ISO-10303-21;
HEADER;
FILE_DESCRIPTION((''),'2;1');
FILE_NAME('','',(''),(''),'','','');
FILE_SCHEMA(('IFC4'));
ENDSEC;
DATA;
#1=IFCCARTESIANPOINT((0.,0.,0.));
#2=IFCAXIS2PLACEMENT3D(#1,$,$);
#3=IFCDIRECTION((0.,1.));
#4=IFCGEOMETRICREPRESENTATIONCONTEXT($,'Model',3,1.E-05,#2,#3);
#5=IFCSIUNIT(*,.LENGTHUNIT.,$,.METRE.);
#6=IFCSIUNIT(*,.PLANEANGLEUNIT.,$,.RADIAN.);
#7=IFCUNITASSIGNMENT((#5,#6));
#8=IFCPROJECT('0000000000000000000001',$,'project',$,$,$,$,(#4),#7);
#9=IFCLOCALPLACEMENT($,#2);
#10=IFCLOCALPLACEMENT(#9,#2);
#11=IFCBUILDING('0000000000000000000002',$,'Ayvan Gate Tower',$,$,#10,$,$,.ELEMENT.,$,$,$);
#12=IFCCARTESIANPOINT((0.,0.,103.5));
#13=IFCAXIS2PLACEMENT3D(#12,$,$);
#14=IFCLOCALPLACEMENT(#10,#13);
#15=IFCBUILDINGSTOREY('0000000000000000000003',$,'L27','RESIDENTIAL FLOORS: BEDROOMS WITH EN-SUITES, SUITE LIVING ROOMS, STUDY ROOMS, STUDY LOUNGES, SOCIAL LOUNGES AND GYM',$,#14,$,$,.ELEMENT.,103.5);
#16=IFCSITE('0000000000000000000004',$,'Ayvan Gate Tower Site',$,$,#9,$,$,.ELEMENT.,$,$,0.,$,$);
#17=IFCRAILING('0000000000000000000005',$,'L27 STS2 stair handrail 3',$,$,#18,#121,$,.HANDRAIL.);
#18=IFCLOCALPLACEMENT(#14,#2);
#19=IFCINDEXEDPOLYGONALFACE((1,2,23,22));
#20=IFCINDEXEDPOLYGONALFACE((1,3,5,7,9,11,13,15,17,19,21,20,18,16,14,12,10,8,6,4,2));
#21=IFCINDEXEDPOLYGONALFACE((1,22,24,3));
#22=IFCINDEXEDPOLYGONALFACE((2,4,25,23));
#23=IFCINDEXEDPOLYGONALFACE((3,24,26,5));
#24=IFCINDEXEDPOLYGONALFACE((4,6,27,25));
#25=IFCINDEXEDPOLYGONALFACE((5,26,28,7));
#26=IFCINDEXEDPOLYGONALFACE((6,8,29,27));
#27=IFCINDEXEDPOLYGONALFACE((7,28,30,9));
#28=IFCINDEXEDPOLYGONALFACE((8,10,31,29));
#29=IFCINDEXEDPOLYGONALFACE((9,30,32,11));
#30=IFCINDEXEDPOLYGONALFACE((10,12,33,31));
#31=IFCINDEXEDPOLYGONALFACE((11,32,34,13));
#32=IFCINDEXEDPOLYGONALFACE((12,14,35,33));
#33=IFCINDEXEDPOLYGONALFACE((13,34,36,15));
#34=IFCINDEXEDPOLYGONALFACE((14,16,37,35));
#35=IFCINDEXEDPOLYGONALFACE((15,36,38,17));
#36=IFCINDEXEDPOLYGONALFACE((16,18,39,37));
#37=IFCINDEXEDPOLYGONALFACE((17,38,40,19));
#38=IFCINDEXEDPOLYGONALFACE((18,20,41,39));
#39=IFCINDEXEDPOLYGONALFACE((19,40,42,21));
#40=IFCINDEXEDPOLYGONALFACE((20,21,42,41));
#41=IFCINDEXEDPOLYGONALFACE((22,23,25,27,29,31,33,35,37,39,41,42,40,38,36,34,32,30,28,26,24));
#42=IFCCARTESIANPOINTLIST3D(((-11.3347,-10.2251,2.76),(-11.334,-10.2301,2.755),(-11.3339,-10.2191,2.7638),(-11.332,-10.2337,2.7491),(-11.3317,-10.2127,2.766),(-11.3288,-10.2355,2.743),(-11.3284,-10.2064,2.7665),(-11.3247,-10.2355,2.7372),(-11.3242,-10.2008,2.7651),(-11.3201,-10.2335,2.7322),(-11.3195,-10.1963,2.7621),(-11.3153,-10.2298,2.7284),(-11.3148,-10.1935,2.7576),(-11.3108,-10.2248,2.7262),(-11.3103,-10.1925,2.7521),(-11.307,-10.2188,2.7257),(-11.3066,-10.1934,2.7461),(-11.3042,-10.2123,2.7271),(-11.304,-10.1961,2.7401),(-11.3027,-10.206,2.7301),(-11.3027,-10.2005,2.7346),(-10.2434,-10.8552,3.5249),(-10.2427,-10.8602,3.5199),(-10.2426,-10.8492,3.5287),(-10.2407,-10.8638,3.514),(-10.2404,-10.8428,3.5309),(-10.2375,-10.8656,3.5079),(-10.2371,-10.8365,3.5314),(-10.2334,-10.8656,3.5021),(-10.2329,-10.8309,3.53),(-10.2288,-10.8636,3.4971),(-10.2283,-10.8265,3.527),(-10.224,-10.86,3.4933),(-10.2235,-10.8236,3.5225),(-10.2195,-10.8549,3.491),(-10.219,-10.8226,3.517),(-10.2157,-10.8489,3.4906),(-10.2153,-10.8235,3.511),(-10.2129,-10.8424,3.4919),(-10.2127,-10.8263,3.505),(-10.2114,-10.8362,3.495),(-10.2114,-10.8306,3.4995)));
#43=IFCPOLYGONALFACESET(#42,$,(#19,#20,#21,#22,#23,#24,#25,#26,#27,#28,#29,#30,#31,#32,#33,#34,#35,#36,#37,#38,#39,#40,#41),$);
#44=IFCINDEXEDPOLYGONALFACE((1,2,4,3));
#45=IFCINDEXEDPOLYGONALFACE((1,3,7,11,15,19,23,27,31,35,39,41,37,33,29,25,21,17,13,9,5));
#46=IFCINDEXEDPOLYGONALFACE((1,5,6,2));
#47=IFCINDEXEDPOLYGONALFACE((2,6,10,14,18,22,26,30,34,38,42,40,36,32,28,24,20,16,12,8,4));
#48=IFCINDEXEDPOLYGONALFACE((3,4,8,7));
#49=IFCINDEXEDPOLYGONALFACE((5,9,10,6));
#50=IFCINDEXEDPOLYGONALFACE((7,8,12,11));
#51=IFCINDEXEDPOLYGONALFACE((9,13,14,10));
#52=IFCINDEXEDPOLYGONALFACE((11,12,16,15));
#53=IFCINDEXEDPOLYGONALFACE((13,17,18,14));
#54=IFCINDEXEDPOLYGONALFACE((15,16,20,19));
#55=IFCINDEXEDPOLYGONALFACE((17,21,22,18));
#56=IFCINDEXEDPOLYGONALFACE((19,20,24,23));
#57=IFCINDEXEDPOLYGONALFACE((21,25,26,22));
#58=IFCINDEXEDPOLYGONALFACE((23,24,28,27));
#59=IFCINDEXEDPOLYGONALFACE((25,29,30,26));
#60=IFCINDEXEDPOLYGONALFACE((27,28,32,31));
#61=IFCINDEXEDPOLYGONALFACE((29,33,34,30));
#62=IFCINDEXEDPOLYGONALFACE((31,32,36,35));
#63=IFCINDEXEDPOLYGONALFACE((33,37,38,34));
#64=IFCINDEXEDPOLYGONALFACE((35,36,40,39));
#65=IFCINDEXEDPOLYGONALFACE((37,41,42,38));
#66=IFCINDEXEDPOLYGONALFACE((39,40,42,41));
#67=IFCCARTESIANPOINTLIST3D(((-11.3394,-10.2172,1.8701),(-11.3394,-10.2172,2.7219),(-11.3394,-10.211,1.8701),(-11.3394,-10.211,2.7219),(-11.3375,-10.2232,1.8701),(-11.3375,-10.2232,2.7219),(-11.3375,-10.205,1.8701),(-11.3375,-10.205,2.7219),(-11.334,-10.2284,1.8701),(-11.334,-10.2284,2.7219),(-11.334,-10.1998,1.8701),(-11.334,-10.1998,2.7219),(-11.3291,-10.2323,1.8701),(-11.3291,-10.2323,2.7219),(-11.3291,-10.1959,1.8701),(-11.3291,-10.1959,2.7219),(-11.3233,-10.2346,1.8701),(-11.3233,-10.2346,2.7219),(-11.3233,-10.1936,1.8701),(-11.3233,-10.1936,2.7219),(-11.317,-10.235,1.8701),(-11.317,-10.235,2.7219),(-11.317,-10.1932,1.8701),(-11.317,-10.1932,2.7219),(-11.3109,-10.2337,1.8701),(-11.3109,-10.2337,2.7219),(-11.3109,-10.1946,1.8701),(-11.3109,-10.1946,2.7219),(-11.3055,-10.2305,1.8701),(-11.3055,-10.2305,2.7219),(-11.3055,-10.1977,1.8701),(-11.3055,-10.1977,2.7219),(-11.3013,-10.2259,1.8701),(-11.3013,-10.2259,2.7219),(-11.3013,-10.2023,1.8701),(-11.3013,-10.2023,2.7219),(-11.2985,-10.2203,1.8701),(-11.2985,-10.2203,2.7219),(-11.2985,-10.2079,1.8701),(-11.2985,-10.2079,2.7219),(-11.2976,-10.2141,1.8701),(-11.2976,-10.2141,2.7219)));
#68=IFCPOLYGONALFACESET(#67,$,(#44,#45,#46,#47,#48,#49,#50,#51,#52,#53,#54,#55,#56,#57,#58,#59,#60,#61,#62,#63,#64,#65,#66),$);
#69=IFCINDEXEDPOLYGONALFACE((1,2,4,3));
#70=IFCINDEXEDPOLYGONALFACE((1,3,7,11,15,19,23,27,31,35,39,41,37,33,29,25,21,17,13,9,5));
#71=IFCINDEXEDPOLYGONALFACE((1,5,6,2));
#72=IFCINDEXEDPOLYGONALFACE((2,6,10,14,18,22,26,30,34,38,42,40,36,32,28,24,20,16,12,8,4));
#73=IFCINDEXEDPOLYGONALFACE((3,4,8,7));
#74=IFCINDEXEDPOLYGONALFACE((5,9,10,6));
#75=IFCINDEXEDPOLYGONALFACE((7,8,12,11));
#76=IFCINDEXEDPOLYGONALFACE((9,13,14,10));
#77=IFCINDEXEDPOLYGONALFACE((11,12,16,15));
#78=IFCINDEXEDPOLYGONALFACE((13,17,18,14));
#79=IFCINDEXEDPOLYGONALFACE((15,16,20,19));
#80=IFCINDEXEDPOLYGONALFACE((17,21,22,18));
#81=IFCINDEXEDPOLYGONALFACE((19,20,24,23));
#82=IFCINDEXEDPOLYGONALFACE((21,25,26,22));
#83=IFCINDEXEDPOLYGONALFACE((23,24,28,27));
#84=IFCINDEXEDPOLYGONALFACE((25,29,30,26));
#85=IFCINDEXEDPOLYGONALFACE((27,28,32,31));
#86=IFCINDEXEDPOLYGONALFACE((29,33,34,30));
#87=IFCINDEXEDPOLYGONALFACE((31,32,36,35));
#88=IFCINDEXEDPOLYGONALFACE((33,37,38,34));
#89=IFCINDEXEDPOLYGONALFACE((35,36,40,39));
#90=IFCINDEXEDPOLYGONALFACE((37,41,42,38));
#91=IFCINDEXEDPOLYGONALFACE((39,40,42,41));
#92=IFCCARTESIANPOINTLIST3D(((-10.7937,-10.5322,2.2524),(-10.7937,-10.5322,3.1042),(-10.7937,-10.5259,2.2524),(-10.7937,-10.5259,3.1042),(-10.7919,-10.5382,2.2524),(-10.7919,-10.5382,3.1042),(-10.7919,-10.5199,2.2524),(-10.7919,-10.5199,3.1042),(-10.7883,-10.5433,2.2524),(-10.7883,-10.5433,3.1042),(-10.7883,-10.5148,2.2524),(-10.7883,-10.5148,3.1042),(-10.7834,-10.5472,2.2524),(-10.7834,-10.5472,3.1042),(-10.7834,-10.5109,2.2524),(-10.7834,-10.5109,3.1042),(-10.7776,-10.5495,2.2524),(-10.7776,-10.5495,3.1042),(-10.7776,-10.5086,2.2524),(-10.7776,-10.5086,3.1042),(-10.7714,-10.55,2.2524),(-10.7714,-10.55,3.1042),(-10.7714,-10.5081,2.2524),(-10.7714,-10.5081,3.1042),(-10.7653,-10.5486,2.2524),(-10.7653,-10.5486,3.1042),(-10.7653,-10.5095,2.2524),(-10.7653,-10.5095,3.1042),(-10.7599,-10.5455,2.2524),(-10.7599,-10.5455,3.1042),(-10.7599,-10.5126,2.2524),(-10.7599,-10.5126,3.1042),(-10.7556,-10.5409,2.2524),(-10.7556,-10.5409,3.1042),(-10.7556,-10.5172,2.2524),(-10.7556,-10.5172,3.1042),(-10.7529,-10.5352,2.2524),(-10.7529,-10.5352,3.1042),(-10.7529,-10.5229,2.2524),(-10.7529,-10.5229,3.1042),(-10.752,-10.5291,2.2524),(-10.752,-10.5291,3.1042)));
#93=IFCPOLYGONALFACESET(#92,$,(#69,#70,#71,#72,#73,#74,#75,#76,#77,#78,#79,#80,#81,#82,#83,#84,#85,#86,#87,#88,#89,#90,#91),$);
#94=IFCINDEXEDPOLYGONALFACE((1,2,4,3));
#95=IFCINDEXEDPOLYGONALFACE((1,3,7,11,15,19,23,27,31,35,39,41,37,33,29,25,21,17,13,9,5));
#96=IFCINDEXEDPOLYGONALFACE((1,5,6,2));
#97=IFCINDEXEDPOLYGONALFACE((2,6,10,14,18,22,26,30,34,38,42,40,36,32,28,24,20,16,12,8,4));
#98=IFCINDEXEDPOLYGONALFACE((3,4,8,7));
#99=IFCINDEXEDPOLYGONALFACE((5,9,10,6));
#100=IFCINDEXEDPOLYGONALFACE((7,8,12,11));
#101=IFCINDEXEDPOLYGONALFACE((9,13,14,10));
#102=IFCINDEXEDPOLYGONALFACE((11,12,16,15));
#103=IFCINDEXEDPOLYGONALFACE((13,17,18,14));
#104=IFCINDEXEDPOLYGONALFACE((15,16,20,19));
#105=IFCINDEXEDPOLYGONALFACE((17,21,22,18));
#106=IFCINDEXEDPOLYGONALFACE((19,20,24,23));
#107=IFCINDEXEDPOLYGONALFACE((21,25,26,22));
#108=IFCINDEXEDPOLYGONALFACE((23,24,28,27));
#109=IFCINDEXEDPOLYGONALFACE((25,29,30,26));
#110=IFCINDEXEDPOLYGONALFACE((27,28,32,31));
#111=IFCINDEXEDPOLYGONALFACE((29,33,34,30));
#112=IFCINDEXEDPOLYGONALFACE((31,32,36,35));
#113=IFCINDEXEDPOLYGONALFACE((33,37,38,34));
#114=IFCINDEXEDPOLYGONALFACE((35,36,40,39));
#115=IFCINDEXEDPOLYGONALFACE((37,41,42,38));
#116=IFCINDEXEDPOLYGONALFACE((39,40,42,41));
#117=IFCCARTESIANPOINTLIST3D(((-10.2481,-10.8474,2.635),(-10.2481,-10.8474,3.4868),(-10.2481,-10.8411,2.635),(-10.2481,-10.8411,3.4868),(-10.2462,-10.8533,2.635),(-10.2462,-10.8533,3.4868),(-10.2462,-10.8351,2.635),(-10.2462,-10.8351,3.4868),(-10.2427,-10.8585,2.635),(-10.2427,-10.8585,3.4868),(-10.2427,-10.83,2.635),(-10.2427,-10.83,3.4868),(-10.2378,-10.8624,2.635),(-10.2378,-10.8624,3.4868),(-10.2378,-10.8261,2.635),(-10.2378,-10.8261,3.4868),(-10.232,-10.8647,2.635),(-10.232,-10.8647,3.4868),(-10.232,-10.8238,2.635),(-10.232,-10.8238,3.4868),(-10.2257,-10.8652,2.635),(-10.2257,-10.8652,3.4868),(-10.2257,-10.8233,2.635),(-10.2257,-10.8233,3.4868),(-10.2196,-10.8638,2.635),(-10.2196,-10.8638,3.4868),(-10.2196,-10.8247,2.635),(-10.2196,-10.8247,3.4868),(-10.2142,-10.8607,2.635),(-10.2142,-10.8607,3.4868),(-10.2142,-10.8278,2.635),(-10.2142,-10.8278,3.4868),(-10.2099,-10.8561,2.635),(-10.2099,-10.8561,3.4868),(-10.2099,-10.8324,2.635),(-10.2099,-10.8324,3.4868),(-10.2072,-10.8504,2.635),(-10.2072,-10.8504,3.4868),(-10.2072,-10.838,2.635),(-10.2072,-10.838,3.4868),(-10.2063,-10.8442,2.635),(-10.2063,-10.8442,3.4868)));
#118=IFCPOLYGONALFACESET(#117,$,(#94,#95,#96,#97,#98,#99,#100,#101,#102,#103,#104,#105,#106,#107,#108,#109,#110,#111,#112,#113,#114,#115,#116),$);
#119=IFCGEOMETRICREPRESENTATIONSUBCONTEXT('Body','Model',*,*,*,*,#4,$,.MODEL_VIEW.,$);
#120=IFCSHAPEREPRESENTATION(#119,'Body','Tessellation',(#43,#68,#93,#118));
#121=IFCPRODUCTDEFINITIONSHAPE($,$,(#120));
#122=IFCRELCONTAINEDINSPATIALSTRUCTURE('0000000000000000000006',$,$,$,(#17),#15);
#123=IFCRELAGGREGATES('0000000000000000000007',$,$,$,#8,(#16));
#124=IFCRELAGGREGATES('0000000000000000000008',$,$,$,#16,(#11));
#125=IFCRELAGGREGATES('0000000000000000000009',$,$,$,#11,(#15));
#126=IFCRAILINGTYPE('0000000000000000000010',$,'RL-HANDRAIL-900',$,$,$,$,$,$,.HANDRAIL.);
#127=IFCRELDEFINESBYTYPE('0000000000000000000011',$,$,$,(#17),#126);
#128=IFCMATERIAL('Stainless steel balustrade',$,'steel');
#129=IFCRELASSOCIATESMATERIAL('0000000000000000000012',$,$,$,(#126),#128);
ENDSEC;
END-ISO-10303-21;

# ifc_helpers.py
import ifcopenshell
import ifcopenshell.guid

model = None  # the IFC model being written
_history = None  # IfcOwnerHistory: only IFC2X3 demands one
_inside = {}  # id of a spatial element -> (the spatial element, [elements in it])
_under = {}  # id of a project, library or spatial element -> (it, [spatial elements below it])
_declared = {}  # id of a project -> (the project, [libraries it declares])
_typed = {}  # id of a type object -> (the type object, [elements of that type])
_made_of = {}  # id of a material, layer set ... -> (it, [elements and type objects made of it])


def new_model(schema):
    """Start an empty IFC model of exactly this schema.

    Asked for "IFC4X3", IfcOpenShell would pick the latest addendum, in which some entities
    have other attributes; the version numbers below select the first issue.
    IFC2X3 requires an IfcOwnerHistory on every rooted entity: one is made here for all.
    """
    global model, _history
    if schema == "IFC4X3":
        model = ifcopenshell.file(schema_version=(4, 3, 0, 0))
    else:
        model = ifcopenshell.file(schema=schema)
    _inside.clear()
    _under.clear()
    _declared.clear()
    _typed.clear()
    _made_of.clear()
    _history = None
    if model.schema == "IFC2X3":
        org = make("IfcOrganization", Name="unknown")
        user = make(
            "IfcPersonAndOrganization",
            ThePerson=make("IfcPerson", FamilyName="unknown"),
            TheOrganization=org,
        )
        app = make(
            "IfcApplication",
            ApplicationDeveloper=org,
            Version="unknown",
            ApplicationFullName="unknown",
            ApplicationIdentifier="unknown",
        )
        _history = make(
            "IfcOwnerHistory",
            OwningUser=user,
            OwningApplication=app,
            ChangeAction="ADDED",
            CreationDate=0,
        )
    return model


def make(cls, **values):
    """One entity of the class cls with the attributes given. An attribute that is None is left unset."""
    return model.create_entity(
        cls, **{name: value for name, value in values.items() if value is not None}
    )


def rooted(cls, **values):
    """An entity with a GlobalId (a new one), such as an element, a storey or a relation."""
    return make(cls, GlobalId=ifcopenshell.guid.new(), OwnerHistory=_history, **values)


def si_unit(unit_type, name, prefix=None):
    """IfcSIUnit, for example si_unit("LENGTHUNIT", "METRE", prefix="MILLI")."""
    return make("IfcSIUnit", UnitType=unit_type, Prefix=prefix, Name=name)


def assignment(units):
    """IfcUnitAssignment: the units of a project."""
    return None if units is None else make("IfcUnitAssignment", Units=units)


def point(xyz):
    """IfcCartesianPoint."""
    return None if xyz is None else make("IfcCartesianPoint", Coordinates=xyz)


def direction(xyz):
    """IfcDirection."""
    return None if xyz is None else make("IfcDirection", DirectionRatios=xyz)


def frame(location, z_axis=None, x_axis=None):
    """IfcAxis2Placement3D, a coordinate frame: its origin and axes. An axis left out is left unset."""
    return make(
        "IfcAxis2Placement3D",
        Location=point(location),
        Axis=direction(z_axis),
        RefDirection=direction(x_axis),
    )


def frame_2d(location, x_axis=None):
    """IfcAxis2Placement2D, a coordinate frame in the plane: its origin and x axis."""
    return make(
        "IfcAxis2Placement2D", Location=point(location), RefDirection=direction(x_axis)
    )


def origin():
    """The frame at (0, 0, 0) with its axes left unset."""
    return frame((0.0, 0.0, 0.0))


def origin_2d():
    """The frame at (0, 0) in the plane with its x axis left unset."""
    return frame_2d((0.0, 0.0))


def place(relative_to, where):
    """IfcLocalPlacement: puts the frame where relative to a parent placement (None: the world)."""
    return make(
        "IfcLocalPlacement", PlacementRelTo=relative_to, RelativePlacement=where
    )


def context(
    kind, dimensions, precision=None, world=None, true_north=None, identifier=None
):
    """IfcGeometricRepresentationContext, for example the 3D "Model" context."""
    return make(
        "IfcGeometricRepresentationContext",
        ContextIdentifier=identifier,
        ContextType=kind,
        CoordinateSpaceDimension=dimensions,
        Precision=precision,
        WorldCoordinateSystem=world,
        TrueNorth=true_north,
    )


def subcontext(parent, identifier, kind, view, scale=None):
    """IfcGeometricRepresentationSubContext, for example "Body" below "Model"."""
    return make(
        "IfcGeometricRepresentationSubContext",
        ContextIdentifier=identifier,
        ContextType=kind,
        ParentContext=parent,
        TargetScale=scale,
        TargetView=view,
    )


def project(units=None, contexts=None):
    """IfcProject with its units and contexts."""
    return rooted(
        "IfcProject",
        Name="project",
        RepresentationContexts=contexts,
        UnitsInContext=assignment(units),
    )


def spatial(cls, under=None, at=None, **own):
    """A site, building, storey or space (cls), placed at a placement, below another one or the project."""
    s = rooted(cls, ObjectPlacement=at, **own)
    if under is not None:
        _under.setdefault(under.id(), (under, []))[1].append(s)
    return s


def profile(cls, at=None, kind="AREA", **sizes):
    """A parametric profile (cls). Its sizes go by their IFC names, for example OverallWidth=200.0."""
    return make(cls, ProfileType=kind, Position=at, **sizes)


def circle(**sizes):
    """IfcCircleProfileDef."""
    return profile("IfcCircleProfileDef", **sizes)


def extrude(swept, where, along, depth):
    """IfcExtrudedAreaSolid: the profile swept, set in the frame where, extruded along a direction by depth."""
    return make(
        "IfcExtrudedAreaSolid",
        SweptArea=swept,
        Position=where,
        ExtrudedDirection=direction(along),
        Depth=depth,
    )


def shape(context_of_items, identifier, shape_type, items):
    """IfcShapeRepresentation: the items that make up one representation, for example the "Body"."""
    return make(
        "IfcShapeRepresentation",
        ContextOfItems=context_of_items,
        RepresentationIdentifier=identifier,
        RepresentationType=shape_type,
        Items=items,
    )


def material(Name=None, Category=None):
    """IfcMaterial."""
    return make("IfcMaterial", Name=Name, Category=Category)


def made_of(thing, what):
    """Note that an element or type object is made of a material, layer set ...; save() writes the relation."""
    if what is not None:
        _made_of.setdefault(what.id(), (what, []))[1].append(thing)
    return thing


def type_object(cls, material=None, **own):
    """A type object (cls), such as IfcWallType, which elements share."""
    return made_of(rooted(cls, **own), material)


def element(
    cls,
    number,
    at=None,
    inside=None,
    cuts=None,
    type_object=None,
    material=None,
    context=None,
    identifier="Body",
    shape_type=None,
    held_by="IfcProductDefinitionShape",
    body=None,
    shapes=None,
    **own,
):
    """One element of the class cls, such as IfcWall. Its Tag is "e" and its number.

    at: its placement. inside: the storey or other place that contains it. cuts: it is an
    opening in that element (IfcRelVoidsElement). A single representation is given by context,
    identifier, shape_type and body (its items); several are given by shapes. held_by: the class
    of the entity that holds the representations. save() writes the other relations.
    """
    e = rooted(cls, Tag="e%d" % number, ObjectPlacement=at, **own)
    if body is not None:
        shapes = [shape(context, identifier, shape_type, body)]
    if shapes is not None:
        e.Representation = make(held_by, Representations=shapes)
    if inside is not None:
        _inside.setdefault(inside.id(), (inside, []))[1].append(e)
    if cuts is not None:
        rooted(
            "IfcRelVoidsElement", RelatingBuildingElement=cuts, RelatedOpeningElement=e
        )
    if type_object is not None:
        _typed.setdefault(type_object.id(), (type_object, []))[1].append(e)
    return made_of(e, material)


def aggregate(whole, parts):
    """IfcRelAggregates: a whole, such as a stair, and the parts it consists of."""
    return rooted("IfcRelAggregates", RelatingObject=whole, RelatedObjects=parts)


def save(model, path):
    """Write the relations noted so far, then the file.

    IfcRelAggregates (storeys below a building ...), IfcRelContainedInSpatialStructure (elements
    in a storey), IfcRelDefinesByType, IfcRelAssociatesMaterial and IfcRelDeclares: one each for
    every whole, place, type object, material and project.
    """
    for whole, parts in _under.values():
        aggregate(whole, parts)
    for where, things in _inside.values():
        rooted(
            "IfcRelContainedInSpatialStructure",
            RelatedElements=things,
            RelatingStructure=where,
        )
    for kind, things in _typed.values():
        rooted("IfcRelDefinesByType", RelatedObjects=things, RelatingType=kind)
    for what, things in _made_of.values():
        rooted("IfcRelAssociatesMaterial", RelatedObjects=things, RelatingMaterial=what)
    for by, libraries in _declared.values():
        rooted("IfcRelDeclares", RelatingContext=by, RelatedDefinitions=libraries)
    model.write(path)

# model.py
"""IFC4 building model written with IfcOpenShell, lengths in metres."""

from ifc_helpers import new_model, si_unit, direction, frame, origin, origin_2d, place, context, subcontext, project, spatial, circle, extrude, material, type_object, element, save


model = new_model("IFC4")

# Units and contexts
model_context = context("Model", 3, precision=1e-05, world=origin(), true_north=direction((0.0, 1.0)))
body_context = subcontext(model_context, "Body", "Model", "MODEL_VIEW")
ifc_project = project(units=[si_unit("LENGTHUNIT", "METRE"), si_unit("PLANEANGLEUNIT", "RADIAN")], contexts=[model_context])

# Site, building, storey
site_placement = place(None, origin())
site = spatial("IfcSite", under=ifc_project, at=site_placement, Name="Ayvan Gate Tower Site", CompositionType="ELEMENT", RefElevation=0.0)
building_placement = place(site_placement, origin())
building = spatial("IfcBuilding", under=site, at=building_placement, Name="Ayvan Gate Tower", CompositionType="ELEMENT")
storey_placement = place(building_placement, frame((0.0, 0.0, 103.5)))
storey = spatial("IfcBuildingStorey", under=building, at=storey_placement, Name="L27", Description="RESIDENTIAL FLOORS: BEDROOMS WITH EN-SUITES, SUITE LIVING ROOMS, STUDY ROOMS, STUDY LOUNGES, SOCIAL LOUNGES AND GYM", CompositionType="ELEMENT", Elevation=103.5)

# Railing
ifc_material_1 = material(Name="Stainless steel balustrade", Category="steel")
railing_type_1 = type_object("IfcRailingType", Name="RL-HANDRAIL-900", PredefinedType="HANDRAIL", material=ifc_material_1)
railing_1_placement = place(storey_placement, frame((-11.3186, -10.2141, 1.8701)))
element("IfcRailing", 1, at=railing_1_placement, inside=storey, type_object=railing_type_1, Name="L27 STS2 stair handrail 3", PredefinedType="HANDRAIL", context=body_context, shape_type="SweptSolid", body=[
    extrude(circle(Radius=0.0239, at=origin_2d()), frame((0.0, 0.0, 0.876), z_axis=(0.740304, -0.427455, 0.518875), x_axis=(0.500035, 0.866005, 0.0)), (0.0, 0.0, 1.0), 1.4741),
    extrude(circle(Radius=0.021, at=origin_2d()), origin(), (0.0, 0.0, 1.0), 0.8518),
    extrude(circle(Radius=0.021, at=origin_2d()), frame((0.5457, -0.3149, 0.3823)), (0.0, 0.0, 1.0), 0.8518),
    extrude(circle(Radius=0.021, at=origin_2d()), frame((1.0913, -0.6301, 0.7649)), (0.0, 0.0, 1.0), 0.8518),
])

save(model, "model.ifc")
